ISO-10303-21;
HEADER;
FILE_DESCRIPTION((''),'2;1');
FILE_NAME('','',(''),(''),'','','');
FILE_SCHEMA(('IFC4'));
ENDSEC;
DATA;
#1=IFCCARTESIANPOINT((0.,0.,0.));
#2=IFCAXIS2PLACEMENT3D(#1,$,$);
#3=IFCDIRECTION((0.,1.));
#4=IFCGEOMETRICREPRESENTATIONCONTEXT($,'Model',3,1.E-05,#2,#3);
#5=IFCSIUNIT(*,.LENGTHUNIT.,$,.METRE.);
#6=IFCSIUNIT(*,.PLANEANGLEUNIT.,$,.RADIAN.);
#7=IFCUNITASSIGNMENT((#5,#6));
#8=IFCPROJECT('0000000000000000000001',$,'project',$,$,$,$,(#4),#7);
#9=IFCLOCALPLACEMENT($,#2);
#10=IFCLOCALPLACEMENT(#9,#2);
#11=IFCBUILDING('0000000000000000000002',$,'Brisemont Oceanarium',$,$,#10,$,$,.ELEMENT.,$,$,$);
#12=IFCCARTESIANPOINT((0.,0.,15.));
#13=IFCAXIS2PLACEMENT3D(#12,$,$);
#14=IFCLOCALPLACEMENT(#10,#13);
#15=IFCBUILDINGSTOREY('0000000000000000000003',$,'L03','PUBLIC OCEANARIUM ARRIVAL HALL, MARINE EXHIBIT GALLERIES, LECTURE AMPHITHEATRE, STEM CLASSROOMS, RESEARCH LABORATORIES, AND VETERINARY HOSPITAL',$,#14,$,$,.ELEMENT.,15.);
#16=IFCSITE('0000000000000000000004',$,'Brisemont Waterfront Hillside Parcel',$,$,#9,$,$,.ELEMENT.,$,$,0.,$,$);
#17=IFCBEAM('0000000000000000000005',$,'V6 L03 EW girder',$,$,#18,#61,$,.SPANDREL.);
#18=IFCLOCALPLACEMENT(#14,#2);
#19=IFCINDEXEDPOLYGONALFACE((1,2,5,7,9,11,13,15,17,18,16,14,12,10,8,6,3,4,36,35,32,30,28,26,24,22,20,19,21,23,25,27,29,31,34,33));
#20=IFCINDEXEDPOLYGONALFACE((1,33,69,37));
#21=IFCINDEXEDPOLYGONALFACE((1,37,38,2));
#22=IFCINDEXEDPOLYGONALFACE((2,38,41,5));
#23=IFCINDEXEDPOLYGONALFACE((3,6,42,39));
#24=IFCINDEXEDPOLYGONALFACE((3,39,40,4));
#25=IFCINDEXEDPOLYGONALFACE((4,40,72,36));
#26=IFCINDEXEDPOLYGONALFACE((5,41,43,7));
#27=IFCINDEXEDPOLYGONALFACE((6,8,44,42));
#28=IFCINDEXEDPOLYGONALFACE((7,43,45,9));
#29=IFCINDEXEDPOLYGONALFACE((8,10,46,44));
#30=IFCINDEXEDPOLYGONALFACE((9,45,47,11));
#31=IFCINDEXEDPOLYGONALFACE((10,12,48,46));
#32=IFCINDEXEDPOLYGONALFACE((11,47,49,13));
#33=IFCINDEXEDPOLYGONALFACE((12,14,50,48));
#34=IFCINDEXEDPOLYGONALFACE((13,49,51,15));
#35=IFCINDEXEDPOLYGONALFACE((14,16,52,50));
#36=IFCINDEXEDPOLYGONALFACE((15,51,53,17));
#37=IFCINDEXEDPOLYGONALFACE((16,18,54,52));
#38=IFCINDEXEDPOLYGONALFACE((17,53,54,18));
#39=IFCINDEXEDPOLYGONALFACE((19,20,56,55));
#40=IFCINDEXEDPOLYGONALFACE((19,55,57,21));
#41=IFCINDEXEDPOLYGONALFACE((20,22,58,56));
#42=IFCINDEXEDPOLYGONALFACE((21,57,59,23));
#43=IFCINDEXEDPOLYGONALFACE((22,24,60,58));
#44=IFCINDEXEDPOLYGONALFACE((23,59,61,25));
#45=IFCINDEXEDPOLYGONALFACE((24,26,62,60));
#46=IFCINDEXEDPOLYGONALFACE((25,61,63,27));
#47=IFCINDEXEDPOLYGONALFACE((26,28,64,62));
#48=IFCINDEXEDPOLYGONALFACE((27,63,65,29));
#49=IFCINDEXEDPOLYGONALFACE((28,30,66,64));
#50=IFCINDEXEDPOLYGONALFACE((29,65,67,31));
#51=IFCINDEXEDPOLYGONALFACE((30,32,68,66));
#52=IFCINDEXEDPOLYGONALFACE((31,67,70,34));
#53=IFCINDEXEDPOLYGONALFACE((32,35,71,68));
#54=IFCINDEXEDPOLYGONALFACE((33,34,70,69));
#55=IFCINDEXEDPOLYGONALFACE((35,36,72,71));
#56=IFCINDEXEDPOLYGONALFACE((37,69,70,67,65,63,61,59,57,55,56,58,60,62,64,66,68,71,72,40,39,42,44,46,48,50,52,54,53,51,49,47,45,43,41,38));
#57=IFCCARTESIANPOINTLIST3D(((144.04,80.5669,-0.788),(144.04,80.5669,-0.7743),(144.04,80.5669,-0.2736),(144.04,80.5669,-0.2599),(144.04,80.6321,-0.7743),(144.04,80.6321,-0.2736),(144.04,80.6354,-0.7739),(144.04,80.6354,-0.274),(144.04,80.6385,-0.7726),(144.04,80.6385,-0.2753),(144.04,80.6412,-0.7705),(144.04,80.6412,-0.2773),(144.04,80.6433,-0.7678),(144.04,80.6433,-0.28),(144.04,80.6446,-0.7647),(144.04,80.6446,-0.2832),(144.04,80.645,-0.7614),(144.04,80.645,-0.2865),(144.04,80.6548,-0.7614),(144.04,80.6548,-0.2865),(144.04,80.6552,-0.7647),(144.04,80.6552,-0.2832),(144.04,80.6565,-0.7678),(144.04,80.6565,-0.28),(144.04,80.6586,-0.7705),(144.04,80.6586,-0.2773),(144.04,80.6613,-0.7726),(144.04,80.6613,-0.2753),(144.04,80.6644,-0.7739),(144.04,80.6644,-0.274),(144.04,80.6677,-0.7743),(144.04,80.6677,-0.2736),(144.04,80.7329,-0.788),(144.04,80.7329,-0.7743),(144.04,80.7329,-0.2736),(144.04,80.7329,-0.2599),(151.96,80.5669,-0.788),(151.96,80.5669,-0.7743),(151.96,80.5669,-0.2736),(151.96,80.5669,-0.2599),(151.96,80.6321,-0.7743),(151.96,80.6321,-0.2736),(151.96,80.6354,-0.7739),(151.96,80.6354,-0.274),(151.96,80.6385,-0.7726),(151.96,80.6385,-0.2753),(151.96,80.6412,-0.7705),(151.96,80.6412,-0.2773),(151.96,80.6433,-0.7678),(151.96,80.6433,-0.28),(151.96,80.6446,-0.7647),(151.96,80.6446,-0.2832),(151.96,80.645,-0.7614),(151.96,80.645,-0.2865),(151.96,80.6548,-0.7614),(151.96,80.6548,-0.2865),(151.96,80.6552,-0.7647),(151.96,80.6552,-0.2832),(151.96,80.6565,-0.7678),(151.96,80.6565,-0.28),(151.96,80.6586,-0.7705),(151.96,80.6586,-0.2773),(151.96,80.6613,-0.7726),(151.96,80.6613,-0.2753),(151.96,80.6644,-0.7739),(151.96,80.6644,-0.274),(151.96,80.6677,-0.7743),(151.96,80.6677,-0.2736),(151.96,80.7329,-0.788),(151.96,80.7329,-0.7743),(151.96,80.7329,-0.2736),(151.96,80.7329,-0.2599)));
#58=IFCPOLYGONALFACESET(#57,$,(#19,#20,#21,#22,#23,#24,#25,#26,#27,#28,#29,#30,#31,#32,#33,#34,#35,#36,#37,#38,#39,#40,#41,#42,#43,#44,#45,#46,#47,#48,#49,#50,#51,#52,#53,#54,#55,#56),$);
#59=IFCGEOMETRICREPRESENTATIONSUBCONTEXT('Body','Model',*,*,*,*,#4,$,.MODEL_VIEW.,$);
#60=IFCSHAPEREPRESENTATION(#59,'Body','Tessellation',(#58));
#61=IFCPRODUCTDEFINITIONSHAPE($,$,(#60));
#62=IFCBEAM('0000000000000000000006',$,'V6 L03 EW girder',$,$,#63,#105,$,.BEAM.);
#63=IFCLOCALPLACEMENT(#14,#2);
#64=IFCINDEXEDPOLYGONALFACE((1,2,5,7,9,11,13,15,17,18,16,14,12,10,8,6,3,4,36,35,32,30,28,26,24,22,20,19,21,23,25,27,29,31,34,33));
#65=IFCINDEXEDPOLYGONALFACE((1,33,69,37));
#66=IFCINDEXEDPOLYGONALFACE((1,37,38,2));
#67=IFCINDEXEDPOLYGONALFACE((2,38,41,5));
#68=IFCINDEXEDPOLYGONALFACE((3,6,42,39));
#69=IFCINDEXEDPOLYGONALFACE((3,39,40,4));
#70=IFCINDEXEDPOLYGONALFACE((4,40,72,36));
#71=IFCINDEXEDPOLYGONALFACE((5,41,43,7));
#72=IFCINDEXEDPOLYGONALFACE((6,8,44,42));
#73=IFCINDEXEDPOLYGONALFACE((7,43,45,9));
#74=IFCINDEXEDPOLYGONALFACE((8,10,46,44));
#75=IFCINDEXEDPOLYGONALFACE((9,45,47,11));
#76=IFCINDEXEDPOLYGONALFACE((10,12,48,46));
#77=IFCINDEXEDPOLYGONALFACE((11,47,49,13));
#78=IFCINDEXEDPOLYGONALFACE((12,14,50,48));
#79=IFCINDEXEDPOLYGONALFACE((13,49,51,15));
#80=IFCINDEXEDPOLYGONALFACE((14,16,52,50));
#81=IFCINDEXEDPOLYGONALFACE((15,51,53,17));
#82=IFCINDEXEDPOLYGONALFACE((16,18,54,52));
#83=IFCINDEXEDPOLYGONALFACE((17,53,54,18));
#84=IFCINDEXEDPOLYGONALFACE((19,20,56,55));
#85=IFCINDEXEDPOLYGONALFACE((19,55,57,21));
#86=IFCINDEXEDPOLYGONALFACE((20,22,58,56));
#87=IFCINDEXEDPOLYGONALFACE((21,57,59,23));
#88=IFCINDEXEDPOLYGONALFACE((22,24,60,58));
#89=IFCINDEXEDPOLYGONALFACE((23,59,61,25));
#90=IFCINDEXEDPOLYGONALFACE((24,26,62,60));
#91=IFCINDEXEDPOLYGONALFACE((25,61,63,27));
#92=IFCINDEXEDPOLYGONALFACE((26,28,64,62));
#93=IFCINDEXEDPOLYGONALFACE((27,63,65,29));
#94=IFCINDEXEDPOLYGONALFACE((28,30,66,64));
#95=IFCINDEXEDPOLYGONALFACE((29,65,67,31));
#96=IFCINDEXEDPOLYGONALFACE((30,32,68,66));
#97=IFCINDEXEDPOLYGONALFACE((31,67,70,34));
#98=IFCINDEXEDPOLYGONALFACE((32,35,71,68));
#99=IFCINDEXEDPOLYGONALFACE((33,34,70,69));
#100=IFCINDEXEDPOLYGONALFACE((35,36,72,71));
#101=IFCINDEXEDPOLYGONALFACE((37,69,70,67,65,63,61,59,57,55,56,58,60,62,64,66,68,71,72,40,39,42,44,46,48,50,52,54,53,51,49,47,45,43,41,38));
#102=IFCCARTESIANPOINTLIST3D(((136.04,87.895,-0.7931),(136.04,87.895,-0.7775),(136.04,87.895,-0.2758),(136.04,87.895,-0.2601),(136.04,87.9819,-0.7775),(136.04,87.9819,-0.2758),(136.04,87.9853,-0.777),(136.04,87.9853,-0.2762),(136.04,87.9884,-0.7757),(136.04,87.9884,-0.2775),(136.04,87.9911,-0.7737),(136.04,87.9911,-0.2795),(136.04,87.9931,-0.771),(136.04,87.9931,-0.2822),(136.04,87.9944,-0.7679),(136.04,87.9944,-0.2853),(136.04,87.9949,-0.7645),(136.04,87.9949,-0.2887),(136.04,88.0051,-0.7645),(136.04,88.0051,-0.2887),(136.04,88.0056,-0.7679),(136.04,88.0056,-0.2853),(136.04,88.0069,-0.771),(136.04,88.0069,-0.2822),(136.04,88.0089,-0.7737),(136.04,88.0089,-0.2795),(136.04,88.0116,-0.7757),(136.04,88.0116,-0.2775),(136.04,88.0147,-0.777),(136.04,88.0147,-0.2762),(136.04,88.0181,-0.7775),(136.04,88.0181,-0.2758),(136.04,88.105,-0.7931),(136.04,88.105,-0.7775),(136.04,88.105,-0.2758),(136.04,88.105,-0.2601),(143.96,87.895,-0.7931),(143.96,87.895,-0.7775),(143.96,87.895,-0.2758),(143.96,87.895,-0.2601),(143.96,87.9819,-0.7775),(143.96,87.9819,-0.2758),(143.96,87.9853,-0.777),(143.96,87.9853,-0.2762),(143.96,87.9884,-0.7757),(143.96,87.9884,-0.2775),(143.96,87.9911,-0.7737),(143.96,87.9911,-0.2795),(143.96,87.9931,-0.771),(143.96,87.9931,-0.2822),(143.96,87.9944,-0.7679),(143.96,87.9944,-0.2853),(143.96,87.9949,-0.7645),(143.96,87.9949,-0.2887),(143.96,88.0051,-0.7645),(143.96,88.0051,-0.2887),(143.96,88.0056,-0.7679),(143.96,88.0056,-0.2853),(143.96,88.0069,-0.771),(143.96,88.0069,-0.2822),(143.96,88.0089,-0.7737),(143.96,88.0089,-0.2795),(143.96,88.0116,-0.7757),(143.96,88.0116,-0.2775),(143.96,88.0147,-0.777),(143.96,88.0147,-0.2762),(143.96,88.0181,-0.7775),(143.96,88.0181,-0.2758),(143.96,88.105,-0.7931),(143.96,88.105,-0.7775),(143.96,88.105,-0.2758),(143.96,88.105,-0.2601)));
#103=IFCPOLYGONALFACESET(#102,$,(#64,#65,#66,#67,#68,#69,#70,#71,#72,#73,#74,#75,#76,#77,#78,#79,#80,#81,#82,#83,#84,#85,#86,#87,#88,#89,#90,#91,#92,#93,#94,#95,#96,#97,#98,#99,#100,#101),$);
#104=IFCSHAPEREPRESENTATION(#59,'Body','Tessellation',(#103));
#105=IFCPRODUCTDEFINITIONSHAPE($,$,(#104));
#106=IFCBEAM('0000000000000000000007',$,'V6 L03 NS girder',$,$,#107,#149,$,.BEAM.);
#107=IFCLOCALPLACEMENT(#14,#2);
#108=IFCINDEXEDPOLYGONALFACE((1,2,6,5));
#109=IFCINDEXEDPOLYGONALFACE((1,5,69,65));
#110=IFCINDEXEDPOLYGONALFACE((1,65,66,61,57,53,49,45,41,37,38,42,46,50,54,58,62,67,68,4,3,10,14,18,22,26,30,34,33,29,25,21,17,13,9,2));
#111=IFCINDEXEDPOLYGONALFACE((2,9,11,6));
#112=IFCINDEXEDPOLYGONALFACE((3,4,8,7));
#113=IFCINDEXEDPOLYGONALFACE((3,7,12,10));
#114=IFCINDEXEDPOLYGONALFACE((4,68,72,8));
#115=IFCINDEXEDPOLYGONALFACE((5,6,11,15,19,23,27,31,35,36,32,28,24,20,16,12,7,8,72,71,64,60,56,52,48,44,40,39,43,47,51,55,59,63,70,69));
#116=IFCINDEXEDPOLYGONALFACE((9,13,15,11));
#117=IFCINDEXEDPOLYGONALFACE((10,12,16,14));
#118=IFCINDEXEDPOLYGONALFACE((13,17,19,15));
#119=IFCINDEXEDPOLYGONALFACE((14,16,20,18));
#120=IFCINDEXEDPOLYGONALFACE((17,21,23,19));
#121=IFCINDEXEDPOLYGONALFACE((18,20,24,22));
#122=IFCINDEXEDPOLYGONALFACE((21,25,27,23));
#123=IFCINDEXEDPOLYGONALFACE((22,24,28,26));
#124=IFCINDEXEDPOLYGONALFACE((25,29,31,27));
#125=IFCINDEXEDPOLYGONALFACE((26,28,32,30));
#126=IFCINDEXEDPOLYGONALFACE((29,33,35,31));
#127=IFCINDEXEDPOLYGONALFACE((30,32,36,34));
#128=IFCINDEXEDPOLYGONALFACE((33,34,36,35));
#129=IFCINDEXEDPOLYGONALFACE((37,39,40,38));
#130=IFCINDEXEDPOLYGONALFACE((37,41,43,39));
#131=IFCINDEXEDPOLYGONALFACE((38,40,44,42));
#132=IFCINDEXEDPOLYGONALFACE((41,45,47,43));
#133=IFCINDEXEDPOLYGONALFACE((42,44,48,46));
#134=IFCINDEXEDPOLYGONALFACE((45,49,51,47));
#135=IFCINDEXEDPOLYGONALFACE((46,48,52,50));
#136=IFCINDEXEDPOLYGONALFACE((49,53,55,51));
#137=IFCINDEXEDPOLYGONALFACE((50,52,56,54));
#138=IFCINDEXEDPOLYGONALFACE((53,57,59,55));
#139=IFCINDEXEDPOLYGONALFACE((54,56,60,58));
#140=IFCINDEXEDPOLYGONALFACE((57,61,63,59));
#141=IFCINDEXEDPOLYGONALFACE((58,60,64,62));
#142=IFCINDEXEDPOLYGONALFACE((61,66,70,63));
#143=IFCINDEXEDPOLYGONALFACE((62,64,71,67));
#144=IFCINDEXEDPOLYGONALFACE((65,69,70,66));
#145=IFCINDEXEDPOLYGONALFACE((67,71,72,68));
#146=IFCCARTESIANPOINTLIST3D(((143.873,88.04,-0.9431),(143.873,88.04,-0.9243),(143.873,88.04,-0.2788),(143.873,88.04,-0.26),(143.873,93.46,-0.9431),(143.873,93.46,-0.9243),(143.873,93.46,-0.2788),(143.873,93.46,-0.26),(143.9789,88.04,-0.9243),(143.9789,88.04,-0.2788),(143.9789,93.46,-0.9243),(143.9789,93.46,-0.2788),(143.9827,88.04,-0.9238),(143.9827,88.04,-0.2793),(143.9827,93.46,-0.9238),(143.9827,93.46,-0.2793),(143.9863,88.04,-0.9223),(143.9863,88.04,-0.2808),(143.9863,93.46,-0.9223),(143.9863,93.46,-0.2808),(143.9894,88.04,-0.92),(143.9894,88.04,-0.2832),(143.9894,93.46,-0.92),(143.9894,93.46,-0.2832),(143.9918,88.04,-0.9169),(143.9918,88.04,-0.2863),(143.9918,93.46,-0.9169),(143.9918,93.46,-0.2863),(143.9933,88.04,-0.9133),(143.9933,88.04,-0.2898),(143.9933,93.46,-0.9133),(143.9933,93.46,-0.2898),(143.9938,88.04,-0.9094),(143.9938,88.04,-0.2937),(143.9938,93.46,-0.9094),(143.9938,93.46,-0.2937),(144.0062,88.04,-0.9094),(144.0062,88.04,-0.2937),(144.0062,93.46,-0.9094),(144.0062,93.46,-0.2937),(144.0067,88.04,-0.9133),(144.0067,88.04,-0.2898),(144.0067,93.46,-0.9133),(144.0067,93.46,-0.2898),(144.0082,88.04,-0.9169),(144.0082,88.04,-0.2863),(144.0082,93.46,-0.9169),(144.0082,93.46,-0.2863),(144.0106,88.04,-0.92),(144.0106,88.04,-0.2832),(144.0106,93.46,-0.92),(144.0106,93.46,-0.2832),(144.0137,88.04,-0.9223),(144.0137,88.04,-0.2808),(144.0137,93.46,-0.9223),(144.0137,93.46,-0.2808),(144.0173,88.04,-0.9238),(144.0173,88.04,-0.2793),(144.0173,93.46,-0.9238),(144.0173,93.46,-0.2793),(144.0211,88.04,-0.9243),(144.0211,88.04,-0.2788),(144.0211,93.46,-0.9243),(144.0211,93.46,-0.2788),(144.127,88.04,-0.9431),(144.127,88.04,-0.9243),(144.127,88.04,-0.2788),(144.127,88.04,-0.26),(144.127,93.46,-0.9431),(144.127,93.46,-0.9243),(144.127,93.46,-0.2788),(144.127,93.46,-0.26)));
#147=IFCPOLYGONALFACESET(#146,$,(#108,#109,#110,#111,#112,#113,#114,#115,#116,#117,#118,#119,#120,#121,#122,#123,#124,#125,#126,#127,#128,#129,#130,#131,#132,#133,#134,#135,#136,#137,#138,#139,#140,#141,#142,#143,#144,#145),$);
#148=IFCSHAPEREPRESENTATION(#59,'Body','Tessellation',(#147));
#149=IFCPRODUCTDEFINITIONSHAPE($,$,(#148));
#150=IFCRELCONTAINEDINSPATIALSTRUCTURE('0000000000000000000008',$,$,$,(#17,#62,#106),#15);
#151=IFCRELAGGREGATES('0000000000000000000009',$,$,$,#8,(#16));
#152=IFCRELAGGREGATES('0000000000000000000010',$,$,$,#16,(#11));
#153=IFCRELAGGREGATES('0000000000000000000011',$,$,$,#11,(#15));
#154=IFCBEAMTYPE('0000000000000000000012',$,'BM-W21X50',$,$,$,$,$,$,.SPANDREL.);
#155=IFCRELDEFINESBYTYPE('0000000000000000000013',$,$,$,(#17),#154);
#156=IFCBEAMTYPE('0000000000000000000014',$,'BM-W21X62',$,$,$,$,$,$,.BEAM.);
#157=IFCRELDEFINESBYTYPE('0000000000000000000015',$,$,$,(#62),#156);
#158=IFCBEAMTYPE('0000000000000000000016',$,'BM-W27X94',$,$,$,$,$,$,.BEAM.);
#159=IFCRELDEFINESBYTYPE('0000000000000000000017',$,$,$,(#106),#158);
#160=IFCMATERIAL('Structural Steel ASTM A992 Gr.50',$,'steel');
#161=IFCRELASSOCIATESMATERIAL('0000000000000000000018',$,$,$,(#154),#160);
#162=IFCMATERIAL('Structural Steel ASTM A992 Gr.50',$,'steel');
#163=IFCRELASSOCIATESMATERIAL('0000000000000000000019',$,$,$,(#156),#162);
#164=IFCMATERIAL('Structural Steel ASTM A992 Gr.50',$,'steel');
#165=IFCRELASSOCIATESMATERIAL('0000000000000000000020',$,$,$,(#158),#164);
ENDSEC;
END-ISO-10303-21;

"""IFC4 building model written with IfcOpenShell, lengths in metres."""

from ifc_helpers import new_model, si_unit, direction, frame, origin, origin_2d, place, context, subcontext, project, spatial, i_section, extrude, material, material_profile, profile_set, type_object, element, save


model = new_model("IFC4")

# Units and contexts
model_context = context("Model", 3, precision=1e-05, world=origin(), true_north=direction((0.0, 1.0)))
body_context = subcontext(model_context, "Body", "Model", "MODEL_VIEW")
ifc_project = project(units=[si_unit("LENGTHUNIT", "METRE"), si_unit("PLANEANGLEUNIT", "RADIAN")], contexts=[model_context])

# Site, building, storey
site_placement = place(None, origin())
site = spatial("IfcSite", under=ifc_project, at=site_placement, Name="Brisemont Waterfront Hillside Parcel", CompositionType="ELEMENT", RefElevation=0.0)
building_placement = place(site_placement, origin())
building = spatial("IfcBuilding", under=site, at=building_placement, Name="Brisemont Oceanarium", CompositionType="ELEMENT")
storey_placement = place(building_placement, frame((0.0, 0.0, 15.0)))
storey = spatial("IfcBuildingStorey", under=building, at=storey_placement, Name="L03", Description="PUBLIC OCEANARIUM ARRIVAL HALL, MARINE EXHIBIT GALLERIES, LECTURE AMPHITHEATRE, STEM CLASSROOMS, RESEARCH LABORATORIES, AND VETERINARY HOSPITAL", CompositionType="ELEMENT", Elevation=15.0)

# Beams
ifc_material_1 = material(Name="Structural Steel ASTM A992 Gr.50", Category="steel")
ifc_material_profile_1 = material_profile(ifc_material_1, i_section(OverallWidth=0.166, OverallDepth=0.5281, WebThickness=0.0098, FlangeThickness=0.0137, FilletRadius=0.0129, at=origin_2d()), Name="W21X50")
ifc_profile_set_1 = profile_set([ifc_material_profile_1], Name="Structural Steel ASTM A992 Gr.50")
beam_type_1 = type_object("IfcBeamType", Name="BM-W21X50", PredefinedType="SPANDREL", material=ifc_profile_set_1)
beam_1_placement = place(storey_placement, frame((144.04, 80.6499, -0.5239), z_axis=(1.0, 0.0, 0.0), x_axis=(0.0, 1.0, 0.0)))
element("IfcBeam", 1, at=beam_1_placement, inside=storey, type_object=beam_type_1, Name="V6 L03 EW girder", PredefinedType="SPANDREL", context=body_context, shape_type="SweptSolid", body=[
    extrude(i_section(OverallWidth=0.166, OverallDepth=0.5281, WebThickness=0.0098, FlangeThickness=0.0137, FilletRadius=0.0129, at=origin_2d()), origin(), (0.0, 0.0, 1.0), 7.9199),
])
ifc_material_2 = material(Name="Structural Steel ASTM A992 Gr.50", Category="steel")
ifc_material_profile_2 = material_profile(ifc_material_2, i_section(OverallWidth=0.21, OverallDepth=0.533, WebThickness=0.0103, FlangeThickness=0.0156, FilletRadius=0.0129, at=origin_2d()), Name="W21X62")
ifc_profile_set_2 = profile_set([ifc_material_profile_2], Name="Structural Steel ASTM A992 Gr.50")
beam_type_2 = type_object("IfcBeamType", Name="BM-W21X62", PredefinedType="BEAM", material=ifc_profile_set_2)
beam_2_placement = place(storey_placement, frame((136.04, 88.0, -0.5266), z_axis=(1.0, 0.0, 0.0), x_axis=(0.0, 1.0, 0.0)))
element("IfcBeam", 2, at=beam_2_placement, inside=storey, type_object=beam_type_2, Name="V6 L03 EW girder", PredefinedType="BEAM", context=body_context, shape_type="SweptSolid", body=[
    extrude(i_section(OverallWidth=0.21, OverallDepth=0.533, WebThickness=0.0103, FlangeThickness=0.0156, FilletRadius=0.0129, at=origin_2d()), origin(), (0.0, 0.0, 1.0), 7.9199),
])
ifc_material_3 = material(Name="Structural Steel ASTM A992 Gr.50", Category="steel")
ifc_material_profile_3 = material_profile(ifc_material_3, i_section(OverallWidth=0.2539, OverallDepth=0.6831, WebThickness=0.0125, FlangeThickness=0.0188, FilletRadius=0.0149, at=origin_2d()), Name="W27X94")
ifc_profile_set_3 = profile_set([ifc_material_profile_3], Name="Structural Steel ASTM A992 Gr.50")
beam_type_3 = type_object("IfcBeamType", Name="BM-W27X94", PredefinedType="BEAM", material=ifc_profile_set_3)
beam_3_placement = place(storey_placement, frame((144.0, 88.04, -0.6016), z_axis=(0.0, 1.0, 0.0), x_axis=(-1.0, 0.0, 0.0)))
element("IfcBeam", 3, at=beam_3_placement, inside=storey, type_object=beam_type_3, Name="V6 L03 NS girder", PredefinedType="BEAM", context=body_context, shape_type="SweptSolid", body=[
    extrude(i_section(OverallWidth=0.2539, OverallDepth=0.6831, WebThickness=0.0125, FlangeThickness=0.0188, FilletRadius=0.0149, at=origin_2d()), origin(), (0.0, 0.0, 1.0), 5.4199),
])

save(model, "model.ifc")
